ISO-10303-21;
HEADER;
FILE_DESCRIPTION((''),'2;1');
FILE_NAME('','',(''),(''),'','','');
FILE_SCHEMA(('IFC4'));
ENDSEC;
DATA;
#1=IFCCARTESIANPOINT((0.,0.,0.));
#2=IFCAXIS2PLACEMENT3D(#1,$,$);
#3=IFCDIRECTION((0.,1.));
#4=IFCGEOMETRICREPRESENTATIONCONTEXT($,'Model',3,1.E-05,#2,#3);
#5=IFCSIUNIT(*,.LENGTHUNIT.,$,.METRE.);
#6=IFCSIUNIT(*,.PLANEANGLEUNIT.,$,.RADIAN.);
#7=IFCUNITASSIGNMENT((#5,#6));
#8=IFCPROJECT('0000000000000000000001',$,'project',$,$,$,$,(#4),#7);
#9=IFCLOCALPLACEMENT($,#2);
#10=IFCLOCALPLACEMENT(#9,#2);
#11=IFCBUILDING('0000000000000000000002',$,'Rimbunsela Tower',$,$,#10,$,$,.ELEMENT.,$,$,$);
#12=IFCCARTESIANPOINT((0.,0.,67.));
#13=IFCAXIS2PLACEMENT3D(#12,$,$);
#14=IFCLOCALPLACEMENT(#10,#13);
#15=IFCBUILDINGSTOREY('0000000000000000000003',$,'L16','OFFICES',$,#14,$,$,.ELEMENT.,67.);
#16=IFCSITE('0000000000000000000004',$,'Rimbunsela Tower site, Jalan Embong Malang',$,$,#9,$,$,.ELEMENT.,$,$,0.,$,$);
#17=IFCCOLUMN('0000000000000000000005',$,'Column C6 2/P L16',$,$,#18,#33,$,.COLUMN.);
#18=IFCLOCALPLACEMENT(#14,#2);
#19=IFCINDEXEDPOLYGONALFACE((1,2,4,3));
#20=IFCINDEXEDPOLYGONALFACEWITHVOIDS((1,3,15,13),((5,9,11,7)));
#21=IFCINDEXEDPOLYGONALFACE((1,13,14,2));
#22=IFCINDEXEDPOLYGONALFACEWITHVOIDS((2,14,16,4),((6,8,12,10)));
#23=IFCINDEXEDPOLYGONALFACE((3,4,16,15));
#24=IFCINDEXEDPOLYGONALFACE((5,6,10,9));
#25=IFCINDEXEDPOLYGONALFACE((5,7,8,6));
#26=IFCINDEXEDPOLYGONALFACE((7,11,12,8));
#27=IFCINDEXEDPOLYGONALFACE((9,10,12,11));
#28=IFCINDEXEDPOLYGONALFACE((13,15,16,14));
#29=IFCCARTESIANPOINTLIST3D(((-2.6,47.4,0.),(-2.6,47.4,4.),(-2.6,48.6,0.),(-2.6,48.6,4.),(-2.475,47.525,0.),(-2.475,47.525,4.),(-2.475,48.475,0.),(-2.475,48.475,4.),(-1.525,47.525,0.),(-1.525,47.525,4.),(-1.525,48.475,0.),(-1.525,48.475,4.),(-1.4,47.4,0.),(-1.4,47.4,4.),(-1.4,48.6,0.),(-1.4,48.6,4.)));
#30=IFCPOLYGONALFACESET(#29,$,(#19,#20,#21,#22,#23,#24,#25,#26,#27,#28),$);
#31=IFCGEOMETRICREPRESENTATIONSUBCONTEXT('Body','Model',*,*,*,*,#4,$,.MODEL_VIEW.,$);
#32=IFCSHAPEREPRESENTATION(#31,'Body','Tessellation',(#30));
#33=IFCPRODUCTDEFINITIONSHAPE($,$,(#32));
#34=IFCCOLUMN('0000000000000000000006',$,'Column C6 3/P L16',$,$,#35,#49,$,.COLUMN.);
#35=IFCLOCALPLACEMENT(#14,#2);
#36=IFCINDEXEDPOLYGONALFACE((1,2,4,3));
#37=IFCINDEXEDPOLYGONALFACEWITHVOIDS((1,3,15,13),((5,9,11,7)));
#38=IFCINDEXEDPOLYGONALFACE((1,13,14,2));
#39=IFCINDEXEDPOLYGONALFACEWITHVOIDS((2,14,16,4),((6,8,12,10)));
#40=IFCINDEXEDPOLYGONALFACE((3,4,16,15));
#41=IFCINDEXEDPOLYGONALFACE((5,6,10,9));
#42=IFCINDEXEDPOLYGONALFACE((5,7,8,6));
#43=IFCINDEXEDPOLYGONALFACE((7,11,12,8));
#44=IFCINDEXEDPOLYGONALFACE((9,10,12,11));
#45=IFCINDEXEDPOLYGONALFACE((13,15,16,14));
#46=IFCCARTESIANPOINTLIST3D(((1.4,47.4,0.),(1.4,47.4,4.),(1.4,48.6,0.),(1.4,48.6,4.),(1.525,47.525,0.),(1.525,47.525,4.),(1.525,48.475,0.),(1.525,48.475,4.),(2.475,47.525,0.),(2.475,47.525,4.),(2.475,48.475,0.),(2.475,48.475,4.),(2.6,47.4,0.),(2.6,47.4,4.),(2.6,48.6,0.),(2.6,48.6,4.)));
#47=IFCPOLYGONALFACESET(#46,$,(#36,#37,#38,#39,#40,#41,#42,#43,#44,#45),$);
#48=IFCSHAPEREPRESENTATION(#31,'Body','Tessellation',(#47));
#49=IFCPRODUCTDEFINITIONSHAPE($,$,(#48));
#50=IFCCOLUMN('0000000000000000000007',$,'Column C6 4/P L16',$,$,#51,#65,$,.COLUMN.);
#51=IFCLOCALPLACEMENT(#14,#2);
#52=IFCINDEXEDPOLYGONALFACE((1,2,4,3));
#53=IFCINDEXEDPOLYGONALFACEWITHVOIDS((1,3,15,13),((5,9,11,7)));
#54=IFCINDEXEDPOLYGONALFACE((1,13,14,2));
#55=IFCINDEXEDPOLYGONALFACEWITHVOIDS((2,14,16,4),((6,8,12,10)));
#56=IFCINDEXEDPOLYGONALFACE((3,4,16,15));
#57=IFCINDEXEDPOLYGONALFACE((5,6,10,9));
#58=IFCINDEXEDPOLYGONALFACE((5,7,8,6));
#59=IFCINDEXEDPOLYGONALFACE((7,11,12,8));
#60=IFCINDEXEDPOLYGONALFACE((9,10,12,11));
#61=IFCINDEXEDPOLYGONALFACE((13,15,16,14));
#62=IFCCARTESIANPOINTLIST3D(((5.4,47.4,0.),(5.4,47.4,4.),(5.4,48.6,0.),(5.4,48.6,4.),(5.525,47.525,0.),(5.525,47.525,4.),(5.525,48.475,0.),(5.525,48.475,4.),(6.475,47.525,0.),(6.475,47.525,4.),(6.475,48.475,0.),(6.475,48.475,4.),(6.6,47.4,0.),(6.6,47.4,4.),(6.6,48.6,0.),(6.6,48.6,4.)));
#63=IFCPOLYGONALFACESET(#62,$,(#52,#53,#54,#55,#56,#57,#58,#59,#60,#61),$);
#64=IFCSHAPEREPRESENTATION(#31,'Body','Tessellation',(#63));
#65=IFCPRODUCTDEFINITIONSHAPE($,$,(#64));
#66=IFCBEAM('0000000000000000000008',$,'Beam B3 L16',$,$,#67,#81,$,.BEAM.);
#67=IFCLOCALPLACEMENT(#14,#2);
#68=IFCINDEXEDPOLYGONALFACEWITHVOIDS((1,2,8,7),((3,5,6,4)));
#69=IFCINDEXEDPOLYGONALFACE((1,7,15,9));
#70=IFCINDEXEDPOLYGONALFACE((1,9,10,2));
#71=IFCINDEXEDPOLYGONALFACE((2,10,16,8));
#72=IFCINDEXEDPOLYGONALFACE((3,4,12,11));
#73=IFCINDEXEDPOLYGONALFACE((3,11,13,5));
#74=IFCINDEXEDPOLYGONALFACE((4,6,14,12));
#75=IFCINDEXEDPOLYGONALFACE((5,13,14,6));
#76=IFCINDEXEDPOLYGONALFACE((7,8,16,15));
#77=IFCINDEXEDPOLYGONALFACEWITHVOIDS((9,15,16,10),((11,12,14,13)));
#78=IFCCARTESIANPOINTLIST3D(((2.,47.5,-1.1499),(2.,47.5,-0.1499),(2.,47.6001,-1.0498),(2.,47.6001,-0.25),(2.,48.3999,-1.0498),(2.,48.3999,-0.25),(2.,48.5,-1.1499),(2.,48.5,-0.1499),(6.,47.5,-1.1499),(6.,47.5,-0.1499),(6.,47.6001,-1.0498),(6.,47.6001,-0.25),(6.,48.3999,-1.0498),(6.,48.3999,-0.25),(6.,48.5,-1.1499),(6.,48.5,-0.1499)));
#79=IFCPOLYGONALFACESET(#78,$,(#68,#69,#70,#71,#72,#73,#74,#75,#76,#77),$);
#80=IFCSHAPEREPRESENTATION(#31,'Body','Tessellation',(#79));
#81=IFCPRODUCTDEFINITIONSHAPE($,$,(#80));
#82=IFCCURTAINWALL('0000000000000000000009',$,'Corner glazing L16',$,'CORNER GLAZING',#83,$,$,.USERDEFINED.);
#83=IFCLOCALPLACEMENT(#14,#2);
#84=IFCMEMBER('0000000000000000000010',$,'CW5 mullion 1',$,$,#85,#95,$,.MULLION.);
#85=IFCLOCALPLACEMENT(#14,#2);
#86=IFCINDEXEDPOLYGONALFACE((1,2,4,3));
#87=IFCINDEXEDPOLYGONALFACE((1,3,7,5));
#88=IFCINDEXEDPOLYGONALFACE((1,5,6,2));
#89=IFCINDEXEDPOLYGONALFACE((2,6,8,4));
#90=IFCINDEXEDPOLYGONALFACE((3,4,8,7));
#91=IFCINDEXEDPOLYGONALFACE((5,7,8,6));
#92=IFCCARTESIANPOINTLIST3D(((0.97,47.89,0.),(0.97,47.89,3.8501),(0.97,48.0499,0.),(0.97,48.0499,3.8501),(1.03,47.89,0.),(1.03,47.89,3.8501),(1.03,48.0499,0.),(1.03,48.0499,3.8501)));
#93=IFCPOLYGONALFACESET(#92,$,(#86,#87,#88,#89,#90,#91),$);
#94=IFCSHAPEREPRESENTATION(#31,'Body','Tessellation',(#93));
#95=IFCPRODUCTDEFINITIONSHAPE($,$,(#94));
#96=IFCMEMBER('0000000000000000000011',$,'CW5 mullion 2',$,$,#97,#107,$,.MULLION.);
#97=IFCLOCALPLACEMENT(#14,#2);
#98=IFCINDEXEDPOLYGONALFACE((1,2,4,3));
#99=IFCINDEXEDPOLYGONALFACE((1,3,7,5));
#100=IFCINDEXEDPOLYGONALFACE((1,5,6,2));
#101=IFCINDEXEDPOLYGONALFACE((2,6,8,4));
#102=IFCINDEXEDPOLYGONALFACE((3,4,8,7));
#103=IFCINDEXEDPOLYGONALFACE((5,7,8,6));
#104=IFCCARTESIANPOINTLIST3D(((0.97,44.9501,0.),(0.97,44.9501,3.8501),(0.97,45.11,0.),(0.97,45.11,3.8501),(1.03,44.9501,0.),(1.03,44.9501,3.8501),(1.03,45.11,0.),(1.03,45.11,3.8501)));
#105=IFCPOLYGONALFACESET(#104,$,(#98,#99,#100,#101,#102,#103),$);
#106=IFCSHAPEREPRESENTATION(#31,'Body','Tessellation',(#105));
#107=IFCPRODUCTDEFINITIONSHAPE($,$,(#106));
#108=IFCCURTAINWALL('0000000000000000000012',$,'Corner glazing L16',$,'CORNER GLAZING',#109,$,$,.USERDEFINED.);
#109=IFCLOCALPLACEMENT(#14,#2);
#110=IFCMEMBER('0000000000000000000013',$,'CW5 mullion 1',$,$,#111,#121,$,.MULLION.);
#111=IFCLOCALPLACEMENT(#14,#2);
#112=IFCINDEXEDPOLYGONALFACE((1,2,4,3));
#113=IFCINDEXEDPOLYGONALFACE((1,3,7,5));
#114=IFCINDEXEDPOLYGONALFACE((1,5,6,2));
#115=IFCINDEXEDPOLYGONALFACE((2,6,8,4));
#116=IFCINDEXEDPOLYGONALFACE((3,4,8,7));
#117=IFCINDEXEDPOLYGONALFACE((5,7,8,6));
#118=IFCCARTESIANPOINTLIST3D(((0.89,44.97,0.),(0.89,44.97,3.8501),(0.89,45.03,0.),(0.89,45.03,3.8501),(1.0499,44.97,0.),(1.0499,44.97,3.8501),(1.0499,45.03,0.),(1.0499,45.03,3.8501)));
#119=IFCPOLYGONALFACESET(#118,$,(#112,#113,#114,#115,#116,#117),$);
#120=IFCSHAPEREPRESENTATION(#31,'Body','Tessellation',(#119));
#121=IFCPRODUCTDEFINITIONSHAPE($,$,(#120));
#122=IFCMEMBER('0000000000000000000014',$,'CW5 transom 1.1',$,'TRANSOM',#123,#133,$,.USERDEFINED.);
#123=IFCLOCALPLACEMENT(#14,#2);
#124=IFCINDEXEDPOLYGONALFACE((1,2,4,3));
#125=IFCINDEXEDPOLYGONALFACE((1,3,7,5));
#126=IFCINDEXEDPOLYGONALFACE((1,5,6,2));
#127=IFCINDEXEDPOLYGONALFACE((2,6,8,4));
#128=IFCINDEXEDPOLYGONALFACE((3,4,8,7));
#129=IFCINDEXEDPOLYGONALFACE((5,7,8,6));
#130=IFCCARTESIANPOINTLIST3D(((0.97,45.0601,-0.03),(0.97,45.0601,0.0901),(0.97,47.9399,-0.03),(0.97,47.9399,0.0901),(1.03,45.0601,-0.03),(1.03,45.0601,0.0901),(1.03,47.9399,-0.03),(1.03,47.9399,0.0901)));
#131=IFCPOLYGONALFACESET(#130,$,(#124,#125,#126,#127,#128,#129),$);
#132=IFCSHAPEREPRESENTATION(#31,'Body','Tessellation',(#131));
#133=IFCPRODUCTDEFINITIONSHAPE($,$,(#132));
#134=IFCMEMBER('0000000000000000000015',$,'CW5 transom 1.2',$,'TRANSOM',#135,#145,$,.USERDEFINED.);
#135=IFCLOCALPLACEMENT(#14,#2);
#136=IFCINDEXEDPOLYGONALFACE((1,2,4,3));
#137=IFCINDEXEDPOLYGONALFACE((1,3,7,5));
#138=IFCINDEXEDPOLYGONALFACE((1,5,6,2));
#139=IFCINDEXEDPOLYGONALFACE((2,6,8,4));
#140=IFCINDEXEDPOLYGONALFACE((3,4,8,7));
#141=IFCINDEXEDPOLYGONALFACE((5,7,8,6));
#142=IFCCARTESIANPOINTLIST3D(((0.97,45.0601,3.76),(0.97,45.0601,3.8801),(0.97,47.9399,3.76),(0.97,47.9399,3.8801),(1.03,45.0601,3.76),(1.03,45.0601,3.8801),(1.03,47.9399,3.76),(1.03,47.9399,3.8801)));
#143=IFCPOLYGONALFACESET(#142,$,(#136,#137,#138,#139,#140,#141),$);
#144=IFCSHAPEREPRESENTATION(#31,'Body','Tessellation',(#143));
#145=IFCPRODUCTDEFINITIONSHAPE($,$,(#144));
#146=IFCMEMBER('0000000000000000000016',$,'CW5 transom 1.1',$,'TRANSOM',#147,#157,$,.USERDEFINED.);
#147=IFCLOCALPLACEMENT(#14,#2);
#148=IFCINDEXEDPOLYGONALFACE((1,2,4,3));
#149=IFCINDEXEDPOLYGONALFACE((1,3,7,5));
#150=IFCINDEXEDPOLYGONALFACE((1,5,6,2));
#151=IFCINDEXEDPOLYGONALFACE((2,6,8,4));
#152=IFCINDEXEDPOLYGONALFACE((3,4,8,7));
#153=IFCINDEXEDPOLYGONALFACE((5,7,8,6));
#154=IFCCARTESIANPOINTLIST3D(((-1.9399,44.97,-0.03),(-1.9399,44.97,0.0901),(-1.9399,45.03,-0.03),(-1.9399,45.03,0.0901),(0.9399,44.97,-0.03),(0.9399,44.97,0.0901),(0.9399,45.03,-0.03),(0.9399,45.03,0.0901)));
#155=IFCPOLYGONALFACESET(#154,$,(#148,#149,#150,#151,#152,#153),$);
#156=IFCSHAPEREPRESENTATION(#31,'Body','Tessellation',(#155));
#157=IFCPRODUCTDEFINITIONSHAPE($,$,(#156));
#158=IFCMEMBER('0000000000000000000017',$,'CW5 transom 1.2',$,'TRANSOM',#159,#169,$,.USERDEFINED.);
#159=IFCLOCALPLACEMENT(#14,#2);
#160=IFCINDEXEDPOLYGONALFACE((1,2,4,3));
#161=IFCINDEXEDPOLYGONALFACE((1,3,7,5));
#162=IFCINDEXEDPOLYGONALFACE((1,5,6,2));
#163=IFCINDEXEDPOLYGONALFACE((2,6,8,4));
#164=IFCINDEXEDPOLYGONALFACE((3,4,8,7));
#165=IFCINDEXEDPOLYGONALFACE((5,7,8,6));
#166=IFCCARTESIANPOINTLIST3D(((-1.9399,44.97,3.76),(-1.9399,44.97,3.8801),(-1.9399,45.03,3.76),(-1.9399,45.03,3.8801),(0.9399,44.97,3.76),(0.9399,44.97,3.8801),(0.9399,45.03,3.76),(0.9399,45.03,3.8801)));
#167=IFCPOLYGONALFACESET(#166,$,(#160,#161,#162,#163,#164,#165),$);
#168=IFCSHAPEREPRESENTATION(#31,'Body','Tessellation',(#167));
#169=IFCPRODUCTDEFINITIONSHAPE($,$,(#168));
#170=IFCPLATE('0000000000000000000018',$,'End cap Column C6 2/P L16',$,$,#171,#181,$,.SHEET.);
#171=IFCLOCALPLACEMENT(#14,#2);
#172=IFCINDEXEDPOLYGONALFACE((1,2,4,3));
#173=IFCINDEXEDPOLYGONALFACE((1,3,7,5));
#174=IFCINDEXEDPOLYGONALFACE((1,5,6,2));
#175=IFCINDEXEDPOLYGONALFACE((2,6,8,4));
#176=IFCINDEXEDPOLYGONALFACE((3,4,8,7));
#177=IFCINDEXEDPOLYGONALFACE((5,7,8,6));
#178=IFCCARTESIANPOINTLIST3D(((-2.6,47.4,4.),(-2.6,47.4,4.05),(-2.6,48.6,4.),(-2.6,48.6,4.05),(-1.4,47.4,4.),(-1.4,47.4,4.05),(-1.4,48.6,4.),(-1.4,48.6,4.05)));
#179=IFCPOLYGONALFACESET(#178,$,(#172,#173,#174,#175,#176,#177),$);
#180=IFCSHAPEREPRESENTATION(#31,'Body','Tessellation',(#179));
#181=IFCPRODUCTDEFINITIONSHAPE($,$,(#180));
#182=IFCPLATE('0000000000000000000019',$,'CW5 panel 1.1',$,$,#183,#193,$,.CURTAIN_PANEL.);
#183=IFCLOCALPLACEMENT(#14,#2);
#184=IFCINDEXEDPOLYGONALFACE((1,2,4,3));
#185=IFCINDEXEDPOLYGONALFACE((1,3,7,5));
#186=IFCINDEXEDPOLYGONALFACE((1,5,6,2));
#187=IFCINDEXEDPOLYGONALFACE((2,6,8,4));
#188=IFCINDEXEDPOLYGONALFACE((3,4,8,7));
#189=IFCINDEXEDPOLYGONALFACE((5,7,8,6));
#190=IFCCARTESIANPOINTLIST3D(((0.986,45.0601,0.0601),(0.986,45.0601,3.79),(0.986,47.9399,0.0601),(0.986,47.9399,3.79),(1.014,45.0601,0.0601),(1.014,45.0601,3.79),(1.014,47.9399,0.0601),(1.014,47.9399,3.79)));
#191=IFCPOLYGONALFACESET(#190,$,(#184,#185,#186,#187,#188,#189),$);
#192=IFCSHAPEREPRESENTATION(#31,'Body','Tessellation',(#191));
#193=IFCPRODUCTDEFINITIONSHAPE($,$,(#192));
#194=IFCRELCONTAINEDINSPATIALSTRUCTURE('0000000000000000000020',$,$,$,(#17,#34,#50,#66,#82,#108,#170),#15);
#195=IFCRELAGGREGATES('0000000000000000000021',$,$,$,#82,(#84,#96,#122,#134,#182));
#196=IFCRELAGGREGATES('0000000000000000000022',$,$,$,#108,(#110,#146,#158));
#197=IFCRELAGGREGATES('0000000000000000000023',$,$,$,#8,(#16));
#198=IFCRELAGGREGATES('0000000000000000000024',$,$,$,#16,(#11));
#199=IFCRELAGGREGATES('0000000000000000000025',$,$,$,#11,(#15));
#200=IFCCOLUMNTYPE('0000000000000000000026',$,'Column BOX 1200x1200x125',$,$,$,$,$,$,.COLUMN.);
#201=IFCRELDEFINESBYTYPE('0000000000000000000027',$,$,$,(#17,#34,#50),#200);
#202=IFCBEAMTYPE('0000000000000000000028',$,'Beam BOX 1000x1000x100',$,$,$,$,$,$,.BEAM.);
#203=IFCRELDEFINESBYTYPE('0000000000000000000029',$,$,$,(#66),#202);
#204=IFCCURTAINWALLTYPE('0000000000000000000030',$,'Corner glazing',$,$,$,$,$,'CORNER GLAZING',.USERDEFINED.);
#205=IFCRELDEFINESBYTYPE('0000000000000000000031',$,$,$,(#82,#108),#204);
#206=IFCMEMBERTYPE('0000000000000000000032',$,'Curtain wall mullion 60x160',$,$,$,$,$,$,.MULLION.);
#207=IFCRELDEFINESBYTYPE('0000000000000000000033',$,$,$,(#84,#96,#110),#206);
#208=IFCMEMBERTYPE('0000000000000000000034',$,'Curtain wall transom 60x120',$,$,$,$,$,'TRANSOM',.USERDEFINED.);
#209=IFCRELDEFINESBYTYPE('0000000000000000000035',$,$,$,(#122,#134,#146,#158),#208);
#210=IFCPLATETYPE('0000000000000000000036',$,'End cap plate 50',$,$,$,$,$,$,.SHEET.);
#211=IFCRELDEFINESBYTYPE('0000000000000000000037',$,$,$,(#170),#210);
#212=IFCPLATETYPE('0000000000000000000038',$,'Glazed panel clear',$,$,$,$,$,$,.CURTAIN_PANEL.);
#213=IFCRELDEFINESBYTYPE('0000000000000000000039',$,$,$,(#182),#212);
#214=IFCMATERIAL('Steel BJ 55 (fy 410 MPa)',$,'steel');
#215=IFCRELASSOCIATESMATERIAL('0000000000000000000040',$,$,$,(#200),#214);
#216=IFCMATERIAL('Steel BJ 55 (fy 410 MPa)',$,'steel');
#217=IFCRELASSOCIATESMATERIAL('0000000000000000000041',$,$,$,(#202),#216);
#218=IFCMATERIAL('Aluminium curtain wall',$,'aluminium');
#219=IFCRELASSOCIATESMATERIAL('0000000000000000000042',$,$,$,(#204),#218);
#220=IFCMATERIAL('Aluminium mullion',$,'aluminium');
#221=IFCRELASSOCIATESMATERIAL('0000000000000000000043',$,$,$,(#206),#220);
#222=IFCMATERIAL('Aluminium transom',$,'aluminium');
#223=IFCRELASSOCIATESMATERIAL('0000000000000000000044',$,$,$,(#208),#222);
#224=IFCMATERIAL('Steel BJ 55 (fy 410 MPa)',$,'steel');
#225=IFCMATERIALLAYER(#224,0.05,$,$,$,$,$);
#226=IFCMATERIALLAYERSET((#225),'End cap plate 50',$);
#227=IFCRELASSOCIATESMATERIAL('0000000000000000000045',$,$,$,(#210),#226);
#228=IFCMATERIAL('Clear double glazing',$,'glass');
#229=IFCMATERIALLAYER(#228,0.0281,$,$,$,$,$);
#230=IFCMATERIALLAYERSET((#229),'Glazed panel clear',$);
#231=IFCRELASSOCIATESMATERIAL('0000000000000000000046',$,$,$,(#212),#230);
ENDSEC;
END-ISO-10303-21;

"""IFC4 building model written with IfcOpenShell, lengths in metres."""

from ifc_helpers import new_model, si_unit, direction, frame, origin, origin_2d, place, context, subcontext, project, spatial, rectangle, hollow_rectangle, extrude, material, layer, layer_set, material_profile, profile_set, type_object, element, aggregate, save


model = new_model("IFC4")

# Units and contexts
model_context = context("Model", 3, precision=1e-05, world=origin(), true_north=direction((0.0, 1.0)))
body_context = subcontext(model_context, "Body", "Model", "MODEL_VIEW")
ifc_project = project(units=[si_unit("LENGTHUNIT", "METRE"), si_unit("PLANEANGLEUNIT", "RADIAN")], contexts=[model_context])

# Site, building, storey
site_placement = place(None, origin())
site = spatial("IfcSite", under=ifc_project, at=site_placement, Name="Rimbunsela Tower site, Jalan Embong Malang", CompositionType="ELEMENT", RefElevation=0.0)
building_placement = place(site_placement, origin())
building = spatial("IfcBuilding", under=site, at=building_placement, Name="Rimbunsela Tower", CompositionType="ELEMENT")
storey_placement = place(building_placement, frame((0.0, 0.0, 67.0)))
storey = spatial("IfcBuildingStorey", under=building, at=storey_placement, Name="L16", Description="OFFICES", CompositionType="ELEMENT", Elevation=67.0)

# Columns
ifc_material_1 = material(Name="Steel BJ 55 (fy 410 MPa)", Category="steel")
ifc_material_profile_1 = material_profile(ifc_material_1, hollow_rectangle(XDim=1.2, YDim=1.2, WallThickness=0.125, at=origin_2d()), Name="BOX 1200x1200x125")
ifc_profile_set_1 = profile_set([ifc_material_profile_1], Name="Steel BJ 55 (fy 410 MPa)")
column_type = type_object("IfcColumnType", Name="Column BOX 1200x1200x125", PredefinedType="COLUMN", material=ifc_profile_set_1)
for number, where, z_axis, x_axis, name in (
    (1, (-2.0, 48.0, 0.0), (0.0, 0.0, 1.0), (1.0, 0.0, 0.0), "Column C6 2/P L16"),
    (2, (2.0, 48.0, 0.0), (0.0, 0.0, 1.0), (1.0, 0.0, 0.0), "Column C6 3/P L16"),
    (3, (6.0, 48.0, 0.0), (0.0, 0.0, 1.0), (1.0, 0.0, 0.0), "Column C6 4/P L16"),
):
    element("IfcColumn", number, at=place(storey_placement, frame(where, z_axis=z_axis, x_axis=x_axis)), inside=storey, type_object=column_type, Name=name, PredefinedType="COLUMN", context=body_context, shape_type="SweptSolid", body=[
        extrude(hollow_rectangle(XDim=1.2, YDim=1.2, WallThickness=0.125, at=origin_2d()), origin(), (0.0, 0.0, 1.0), 4.0),
    ])

# Beam
ifc_material_2 = material(Name="Steel BJ 55 (fy 410 MPa)", Category="steel")
ifc_material_profile_2 = material_profile(ifc_material_2, hollow_rectangle(XDim=1.0, YDim=1.0, WallThickness=0.1001, at=origin_2d()), Name="BOX 1000x1000x100")
ifc_profile_set_2 = profile_set([ifc_material_profile_2], Name="Steel BJ 55 (fy 410 MPa)")
beam_type = type_object("IfcBeamType", Name="Beam BOX 1000x1000x100", PredefinedType="BEAM", material=ifc_profile_set_2)
beam_placement = place(storey_placement, frame((2.0, 48.0, -0.6499), z_axis=(1.0, 0.0, 0.0), x_axis=(0.0, 1.0, 0.0)))
element("IfcBeam", 4, at=beam_placement, inside=storey, type_object=beam_type, Name="Beam B3 L16", PredefinedType="BEAM", context=body_context, shape_type="SweptSolid", body=[
    extrude(hollow_rectangle(XDim=1.0, YDim=1.0, WallThickness=0.1001, at=origin_2d()), origin(), (0.0, 0.0, 1.0), 4.0),
])

# Curtain wall, members
ifc_material_3 = material(Name="Aluminium curtain wall", Category="aluminium")
curtain_wall_type = type_object("IfcCurtainWallType", Name="Corner glazing", ElementType="CORNER GLAZING", PredefinedType="USERDEFINED", material=ifc_material_3)
curtain_wall_1_placement = place(storey_placement, origin())
curtain_wall_1 = element("IfcCurtainWall", 5, at=curtain_wall_1_placement, inside=storey, type_object=curtain_wall_type, Name="Corner glazing L16", ObjectType="CORNER GLAZING", PredefinedType="USERDEFINED")
ifc_material_4 = material(Name="Aluminium mullion", Category="aluminium")
ifc_material_profile_3 = material_profile(ifc_material_4, rectangle(XDim=0.0601, YDim=0.1599, at=origin_2d()), Name="Mullion 60x160")
ifc_profile_set_3 = profile_set([ifc_material_profile_3], Name="Aluminium mullion")
member_type_1 = type_object("IfcMemberType", Name="Curtain wall mullion 60x160", PredefinedType="MULLION", material=ifc_profile_set_3)
member_1_placement = place(storey_placement, frame((1.0, 47.97, 0.0), z_axis=(0.0, 0.0, 1.0), x_axis=(1.0, 0.0, 0.0)))
member_1 = element("IfcMember", 6, at=member_1_placement, type_object=member_type_1, Name="CW5 mullion 1", PredefinedType="MULLION", context=body_context, shape_type="SweptSolid", body=[
    extrude(rectangle(XDim=0.0601, YDim=0.1599, at=origin_2d()), origin(), (0.0, 0.0, 1.0), 3.8501),
])
member_2_placement = place(storey_placement, frame((1.0, 45.03, 0.0), z_axis=(0.0, 0.0, 1.0), x_axis=(1.0, 0.0, 0.0)))
member_2 = element("IfcMember", 7, at=member_2_placement, type_object=member_type_1, Name="CW5 mullion 2", PredefinedType="MULLION", context=body_context, shape_type="SweptSolid", body=[
    extrude(rectangle(XDim=0.0601, YDim=0.1599, at=origin_2d()), origin(), (0.0, 0.0, 1.0), 3.8501),
])

# Curtain wall, member
curtain_wall_2_placement = place(storey_placement, origin())
curtain_wall_2 = element("IfcCurtainWall", 8, at=curtain_wall_2_placement, inside=storey, type_object=curtain_wall_type, Name="Corner glazing L16", ObjectType="CORNER GLAZING", PredefinedType="USERDEFINED")
member_3_placement = place(storey_placement, frame((0.97, 45.0, 0.0), z_axis=(0.0, 0.0, 1.0), x_axis=(0.0, -1.0, 0.0)))
member_3 = element("IfcMember", 9, at=member_3_placement, type_object=member_type_1, Name="CW5 mullion 1", PredefinedType="MULLION", context=body_context, shape_type="SweptSolid", body=[
    extrude(rectangle(XDim=0.0601, YDim=0.1599, at=origin_2d()), origin(), (0.0, 0.0, 1.0), 3.8501),
])

# Members
ifc_material_5 = material(Name="Aluminium transom", Category="aluminium")
ifc_material_profile_4 = material_profile(ifc_material_5, rectangle(XDim=0.0601, YDim=0.1201, at=origin_2d()), Name="Transom 60x120")
ifc_profile_set_4 = profile_set([ifc_material_profile_4], Name="Aluminium transom")
member_type_2 = type_object("IfcMemberType", Name="Curtain wall transom 60x120", ElementType="TRANSOM", PredefinedType="USERDEFINED", material=ifc_profile_set_4)
member_4_placement = place(storey_placement, frame((1.0, 47.9399, 0.03), z_axis=(0.0, -1.0, 0.0), x_axis=(1.0, 0.0, 0.0)))
member_4 = element("IfcMember", 10, at=member_4_placement, type_object=member_type_2, Name="CW5 transom 1.1", ObjectType="TRANSOM", PredefinedType="USERDEFINED", context=body_context, shape_type="SweptSolid", body=[
    extrude(rectangle(XDim=0.0601, YDim=0.1201, at=origin_2d()), origin(), (0.0, 0.0, 1.0), 2.8799),
])
member_5_placement = place(storey_placement, frame((1.0, 47.9399, 3.8201), z_axis=(0.0, -1.0, 0.0), x_axis=(1.0, 0.0, 0.0)))
member_5 = element("IfcMember", 11, at=member_5_placement, type_object=member_type_2, Name="CW5 transom 1.2", ObjectType="TRANSOM", PredefinedType="USERDEFINED", context=body_context, shape_type="SweptSolid", body=[
    extrude(rectangle(XDim=0.0601, YDim=0.1201, at=origin_2d()), origin(), (0.0, 0.0, 1.0), 2.8799),
])
member_6_placement = place(storey_placement, frame((0.9399, 45.0, 0.03), z_axis=(-1.0, 0.0, 0.0), x_axis=(0.0, -1.0, 0.0)))
member_6 = element("IfcMember", 12, at=member_6_placement, type_object=member_type_2, Name="CW5 transom 1.1", ObjectType="TRANSOM", PredefinedType="USERDEFINED", context=body_context, shape_type="SweptSolid", body=[
    extrude(rectangle(XDim=0.0601, YDim=0.1201, at=origin_2d()), origin(), (0.0, 0.0, 1.0), 2.8799),
])
member_7_placement = place(storey_placement, frame((0.9399, 45.0, 3.8201), z_axis=(-1.0, 0.0, 0.0), x_axis=(0.0, -1.0, 0.0)))
member_7 = element("IfcMember", 13, at=member_7_placement, type_object=member_type_2, Name="CW5 transom 1.2", ObjectType="TRANSOM", PredefinedType="USERDEFINED", context=body_context, shape_type="SweptSolid", body=[
    extrude(rectangle(XDim=0.0601, YDim=0.1201, at=origin_2d()), origin(), (0.0, 0.0, 1.0), 2.8799),
])

# Plates
ifc_material_6 = material(Name="Steel BJ 55 (fy 410 MPa)", Category="steel")
ifc_layer_1 = layer(ifc_material_6, 0.05)
ifc_layer_set_1 = layer_set([ifc_layer_1], Name="End cap plate 50")
plate_type_1 = type_object("IfcPlateType", Name="End cap plate 50", PredefinedType="SHEET", material=ifc_layer_set_1)
plate_1_placement = place(storey_placement, frame((-2.0, 48.0, 4.0), z_axis=(0.0, 0.0, 1.0), x_axis=(1.0, 0.0, 0.0)))
element("IfcPlate", 14, at=plate_1_placement, inside=storey, type_object=plate_type_1, Name="End cap Column C6 2/P L16", PredefinedType="SHEET", context=body_context, shape_type="SweptSolid", body=[
    extrude(rectangle(XDim=1.2, YDim=1.2, at=origin_2d()), origin(), (0.0, 0.0, 1.0), 0.05),
])
ifc_material_7 = material(Name="Clear double glazing", Category="glass")
ifc_layer_2 = layer(ifc_material_7, 0.0281)
ifc_layer_set_2 = layer_set([ifc_layer_2], Name="Glazed panel clear")
plate_type_2 = type_object("IfcPlateType", Name="Glazed panel clear", PredefinedType="CURTAIN_PANEL", material=ifc_layer_set_2)
plate_2_placement = place(storey_placement, frame((1.0, 46.5, 0.0601), z_axis=(0.0, 0.0, 1.0), x_axis=(0.0, -1.0, 0.0)))
plate_2 = element("IfcPlate", 15, at=plate_2_placement, type_object=plate_type_2, Name="CW5 panel 1.1", PredefinedType="CURTAIN_PANEL", context=body_context, shape_type="SweptSolid", body=[
    extrude(rectangle(XDim=2.8799, YDim=0.0281, at=origin_2d()), origin(), (0.0, 0.0, 1.0), 3.73),
])
aggregate(curtain_wall_1, [member_1, member_2, member_4, member_5, plate_2])
aggregate(curtain_wall_2, [member_3, member_6, member_7])

save(model, "model.ifc")
